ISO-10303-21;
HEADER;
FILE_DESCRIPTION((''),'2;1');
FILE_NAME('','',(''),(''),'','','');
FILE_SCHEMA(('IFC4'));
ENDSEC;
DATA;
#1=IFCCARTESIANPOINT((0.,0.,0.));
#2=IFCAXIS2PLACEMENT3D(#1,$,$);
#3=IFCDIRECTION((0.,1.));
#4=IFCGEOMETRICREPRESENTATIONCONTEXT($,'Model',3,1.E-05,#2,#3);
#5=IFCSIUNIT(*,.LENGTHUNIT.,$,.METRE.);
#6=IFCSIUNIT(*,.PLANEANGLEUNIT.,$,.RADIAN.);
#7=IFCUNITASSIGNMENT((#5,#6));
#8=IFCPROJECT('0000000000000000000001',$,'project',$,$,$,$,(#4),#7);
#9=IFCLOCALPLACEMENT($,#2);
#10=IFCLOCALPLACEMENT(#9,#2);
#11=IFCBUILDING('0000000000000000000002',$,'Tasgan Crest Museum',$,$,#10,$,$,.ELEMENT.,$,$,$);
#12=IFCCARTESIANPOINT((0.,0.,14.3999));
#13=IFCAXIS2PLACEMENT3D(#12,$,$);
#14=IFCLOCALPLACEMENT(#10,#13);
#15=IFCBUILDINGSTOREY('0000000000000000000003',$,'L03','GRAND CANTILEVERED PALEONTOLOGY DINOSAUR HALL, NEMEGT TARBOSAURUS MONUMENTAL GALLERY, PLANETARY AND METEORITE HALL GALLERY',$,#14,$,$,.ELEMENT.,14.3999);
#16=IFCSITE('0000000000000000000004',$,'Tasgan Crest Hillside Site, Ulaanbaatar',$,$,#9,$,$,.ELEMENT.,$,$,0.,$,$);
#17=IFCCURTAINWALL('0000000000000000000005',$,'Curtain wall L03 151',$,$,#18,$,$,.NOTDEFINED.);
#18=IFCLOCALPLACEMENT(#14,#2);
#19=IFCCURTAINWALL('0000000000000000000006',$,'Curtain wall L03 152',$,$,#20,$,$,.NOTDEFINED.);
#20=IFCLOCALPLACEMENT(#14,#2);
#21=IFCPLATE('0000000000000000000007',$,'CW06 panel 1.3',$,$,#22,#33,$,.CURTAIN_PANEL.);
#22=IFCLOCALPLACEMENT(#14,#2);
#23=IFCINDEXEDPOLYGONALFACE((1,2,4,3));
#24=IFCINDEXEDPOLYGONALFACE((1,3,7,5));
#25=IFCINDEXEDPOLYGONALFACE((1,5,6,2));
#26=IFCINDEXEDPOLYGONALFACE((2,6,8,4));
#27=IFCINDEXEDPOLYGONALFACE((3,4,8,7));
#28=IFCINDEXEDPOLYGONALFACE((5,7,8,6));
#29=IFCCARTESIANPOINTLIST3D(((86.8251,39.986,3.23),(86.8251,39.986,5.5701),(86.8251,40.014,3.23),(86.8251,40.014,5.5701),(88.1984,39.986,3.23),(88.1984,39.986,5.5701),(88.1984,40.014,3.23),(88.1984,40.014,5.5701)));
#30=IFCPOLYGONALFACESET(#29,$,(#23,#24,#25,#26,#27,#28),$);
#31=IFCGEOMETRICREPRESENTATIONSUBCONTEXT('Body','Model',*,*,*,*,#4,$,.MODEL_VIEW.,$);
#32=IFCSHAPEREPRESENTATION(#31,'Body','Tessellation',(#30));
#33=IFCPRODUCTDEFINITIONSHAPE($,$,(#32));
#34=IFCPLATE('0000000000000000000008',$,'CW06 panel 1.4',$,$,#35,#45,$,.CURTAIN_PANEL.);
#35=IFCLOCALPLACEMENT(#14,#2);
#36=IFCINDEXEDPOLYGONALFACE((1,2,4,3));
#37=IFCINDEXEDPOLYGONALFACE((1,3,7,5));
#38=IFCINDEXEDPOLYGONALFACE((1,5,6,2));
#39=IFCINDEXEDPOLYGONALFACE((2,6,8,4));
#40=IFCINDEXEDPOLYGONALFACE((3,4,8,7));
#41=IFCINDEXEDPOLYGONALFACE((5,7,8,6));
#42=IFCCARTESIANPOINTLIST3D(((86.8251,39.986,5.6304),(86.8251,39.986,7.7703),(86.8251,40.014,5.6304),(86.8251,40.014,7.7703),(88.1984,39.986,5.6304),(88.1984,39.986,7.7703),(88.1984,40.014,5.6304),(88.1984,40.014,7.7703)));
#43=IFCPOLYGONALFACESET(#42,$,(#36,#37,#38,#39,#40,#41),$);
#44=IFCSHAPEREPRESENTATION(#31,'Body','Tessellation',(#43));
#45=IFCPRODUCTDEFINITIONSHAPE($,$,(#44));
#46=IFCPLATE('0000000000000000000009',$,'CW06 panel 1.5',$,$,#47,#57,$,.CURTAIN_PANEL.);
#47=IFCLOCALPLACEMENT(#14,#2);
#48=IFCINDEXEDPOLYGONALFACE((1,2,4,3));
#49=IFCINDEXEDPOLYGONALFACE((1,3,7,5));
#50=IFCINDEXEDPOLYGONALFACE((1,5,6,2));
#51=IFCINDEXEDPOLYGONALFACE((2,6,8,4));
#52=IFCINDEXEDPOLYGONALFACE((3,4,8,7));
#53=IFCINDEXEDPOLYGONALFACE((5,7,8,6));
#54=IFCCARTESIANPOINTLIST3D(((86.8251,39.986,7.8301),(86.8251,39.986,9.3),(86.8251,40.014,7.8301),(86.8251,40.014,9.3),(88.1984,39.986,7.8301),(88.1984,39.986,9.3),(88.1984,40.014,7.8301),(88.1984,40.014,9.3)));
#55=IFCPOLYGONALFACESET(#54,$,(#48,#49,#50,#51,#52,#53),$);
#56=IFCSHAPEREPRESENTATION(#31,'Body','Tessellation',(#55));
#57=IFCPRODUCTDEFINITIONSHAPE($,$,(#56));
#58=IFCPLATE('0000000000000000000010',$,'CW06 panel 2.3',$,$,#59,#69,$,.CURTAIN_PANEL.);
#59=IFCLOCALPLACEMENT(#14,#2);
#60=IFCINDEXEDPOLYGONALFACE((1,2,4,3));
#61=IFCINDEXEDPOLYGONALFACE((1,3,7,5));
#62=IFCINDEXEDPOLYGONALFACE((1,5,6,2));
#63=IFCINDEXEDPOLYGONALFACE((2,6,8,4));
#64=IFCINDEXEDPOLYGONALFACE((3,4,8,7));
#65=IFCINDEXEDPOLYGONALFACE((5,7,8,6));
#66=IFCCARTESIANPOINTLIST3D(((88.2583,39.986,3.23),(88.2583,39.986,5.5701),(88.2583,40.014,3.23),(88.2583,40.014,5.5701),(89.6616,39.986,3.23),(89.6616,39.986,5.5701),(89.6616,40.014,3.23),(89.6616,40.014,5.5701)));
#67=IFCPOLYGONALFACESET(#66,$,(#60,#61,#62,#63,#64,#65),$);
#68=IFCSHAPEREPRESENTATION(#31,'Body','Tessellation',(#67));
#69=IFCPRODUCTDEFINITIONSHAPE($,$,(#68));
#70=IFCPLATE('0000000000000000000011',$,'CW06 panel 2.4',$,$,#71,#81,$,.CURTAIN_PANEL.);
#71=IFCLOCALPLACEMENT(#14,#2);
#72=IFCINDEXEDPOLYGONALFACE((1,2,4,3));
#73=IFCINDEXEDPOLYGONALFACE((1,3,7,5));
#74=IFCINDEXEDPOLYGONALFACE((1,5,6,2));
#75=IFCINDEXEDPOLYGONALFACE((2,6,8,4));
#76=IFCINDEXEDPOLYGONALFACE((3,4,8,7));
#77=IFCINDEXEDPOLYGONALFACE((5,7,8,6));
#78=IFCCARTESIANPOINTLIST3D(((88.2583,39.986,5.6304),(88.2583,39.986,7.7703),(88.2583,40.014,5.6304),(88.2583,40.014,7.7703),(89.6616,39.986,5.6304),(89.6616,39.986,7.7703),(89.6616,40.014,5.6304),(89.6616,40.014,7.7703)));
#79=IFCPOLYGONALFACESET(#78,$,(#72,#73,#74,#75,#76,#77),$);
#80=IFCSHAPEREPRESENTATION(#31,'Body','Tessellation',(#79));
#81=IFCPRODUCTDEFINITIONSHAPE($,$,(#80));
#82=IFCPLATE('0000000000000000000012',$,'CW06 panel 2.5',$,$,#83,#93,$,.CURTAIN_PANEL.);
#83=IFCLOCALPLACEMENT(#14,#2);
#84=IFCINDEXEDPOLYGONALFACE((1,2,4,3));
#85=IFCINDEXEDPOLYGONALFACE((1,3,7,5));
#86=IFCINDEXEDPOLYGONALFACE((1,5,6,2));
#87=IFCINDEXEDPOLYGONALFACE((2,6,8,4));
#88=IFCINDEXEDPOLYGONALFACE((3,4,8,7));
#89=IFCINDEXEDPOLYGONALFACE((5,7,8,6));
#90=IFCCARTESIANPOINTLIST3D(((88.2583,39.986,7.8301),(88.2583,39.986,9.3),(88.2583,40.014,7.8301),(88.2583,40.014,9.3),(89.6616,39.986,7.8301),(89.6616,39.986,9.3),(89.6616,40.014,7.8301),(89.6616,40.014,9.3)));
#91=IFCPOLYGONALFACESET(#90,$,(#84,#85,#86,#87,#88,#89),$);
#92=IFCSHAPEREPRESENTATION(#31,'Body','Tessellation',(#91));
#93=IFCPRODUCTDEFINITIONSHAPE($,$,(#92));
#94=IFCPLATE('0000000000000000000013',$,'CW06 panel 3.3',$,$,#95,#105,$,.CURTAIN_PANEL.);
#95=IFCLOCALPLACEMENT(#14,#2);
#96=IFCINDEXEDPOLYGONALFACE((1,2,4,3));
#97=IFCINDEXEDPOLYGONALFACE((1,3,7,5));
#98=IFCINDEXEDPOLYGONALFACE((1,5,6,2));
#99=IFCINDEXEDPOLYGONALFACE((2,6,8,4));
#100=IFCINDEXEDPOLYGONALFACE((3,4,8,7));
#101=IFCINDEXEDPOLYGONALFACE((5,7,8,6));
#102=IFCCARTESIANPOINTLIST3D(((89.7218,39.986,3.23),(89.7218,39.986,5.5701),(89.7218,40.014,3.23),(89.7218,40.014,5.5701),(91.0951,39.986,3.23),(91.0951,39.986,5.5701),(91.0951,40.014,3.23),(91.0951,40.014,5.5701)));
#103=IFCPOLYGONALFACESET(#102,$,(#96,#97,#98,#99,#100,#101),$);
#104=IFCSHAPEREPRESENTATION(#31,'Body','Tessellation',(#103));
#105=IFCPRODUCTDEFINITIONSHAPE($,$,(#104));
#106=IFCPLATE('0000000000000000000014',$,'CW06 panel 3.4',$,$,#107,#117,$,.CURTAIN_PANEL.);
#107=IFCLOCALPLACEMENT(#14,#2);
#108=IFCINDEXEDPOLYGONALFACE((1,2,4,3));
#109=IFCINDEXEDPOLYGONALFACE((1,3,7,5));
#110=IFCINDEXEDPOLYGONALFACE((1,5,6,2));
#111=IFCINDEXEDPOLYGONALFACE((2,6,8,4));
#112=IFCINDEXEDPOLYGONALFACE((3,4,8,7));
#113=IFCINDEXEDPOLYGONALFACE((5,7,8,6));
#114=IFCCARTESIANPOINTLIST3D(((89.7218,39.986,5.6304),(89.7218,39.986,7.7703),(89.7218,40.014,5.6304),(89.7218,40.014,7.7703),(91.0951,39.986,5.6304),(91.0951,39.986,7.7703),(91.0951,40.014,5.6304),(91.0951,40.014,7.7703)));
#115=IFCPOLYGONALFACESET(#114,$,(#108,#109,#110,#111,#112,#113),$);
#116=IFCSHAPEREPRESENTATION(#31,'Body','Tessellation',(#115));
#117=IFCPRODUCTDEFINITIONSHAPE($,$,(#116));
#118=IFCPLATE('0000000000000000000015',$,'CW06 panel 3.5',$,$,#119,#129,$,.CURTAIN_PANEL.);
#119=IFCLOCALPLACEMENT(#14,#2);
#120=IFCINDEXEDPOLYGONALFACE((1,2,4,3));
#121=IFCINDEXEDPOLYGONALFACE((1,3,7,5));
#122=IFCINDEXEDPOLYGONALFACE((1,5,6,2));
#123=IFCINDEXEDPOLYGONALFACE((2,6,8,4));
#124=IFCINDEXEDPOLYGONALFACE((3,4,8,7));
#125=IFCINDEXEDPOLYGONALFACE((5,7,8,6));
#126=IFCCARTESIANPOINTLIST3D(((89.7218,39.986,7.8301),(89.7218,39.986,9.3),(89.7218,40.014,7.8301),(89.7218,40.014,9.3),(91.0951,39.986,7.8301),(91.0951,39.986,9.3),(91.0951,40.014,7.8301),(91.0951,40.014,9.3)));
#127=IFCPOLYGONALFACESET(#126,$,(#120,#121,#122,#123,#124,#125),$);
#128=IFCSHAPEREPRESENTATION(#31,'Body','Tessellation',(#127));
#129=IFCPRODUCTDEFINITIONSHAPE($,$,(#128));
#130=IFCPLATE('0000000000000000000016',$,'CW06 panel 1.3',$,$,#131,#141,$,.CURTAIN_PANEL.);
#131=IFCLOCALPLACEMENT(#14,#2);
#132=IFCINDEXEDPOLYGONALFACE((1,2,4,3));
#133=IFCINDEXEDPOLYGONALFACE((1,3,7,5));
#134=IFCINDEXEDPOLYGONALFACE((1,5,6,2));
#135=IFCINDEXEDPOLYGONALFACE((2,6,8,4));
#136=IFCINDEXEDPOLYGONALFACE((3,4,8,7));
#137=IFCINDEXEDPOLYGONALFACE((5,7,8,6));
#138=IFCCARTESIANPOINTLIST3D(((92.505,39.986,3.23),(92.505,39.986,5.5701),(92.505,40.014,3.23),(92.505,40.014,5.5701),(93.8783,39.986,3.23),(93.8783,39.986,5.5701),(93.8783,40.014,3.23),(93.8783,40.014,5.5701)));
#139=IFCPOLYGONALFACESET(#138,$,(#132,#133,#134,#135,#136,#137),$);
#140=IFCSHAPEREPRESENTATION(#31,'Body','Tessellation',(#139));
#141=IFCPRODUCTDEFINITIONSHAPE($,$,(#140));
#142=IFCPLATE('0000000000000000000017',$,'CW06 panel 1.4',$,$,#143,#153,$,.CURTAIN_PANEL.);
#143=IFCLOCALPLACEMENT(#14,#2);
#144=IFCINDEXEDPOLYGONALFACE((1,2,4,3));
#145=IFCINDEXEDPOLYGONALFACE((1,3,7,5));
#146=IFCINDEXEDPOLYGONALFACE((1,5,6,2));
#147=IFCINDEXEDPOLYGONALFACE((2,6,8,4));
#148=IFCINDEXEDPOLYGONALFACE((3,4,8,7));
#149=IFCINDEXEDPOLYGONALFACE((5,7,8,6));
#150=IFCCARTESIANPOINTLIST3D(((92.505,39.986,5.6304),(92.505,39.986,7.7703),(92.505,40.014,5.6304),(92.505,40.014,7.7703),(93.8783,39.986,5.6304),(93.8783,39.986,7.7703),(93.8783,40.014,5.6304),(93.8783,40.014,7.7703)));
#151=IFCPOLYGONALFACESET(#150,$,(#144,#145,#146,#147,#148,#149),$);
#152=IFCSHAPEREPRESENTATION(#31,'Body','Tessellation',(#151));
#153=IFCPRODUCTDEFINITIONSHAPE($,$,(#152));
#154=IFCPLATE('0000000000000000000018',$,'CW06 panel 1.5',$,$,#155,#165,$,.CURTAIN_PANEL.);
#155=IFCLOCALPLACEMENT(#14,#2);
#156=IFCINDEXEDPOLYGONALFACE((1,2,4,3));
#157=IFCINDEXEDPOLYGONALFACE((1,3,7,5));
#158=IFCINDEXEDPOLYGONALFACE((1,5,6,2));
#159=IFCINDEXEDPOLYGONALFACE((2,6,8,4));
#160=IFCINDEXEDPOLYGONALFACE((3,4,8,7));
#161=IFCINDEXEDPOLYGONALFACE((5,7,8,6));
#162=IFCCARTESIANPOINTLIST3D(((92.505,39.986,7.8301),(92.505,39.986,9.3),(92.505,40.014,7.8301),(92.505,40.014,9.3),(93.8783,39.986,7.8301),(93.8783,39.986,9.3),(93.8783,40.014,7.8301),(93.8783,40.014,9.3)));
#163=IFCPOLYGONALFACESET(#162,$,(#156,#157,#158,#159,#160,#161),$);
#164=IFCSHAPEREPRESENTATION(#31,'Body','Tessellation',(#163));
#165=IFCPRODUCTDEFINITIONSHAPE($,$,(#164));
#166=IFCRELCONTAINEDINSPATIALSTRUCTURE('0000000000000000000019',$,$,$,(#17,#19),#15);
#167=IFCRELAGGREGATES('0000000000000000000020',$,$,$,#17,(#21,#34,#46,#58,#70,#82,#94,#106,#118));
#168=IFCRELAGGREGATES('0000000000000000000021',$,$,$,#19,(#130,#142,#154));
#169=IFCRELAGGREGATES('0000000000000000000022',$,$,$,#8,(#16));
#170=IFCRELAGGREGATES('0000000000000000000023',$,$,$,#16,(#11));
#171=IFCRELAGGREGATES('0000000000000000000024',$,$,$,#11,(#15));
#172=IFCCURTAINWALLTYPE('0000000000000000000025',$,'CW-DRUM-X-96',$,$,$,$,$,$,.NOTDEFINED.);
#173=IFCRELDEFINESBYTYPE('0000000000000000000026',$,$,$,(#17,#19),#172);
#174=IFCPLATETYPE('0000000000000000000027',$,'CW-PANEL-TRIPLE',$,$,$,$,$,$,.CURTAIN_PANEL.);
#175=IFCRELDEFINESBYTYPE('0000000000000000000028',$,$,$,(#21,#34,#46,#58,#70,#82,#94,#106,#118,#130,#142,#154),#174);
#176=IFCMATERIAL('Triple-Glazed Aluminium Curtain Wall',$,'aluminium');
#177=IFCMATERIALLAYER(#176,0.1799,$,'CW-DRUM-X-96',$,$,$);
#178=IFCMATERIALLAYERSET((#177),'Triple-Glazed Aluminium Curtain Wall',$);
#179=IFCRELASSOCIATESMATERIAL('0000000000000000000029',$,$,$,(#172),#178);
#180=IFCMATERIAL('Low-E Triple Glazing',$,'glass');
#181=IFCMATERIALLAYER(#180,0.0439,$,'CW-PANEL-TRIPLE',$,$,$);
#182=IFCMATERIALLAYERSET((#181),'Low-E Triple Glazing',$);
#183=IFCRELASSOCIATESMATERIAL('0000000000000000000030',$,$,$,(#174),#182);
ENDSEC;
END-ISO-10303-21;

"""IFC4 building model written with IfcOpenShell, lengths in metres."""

from ifc_helpers import new_model, si_unit, direction, frame, origin, origin_2d, place, context, subcontext, project, spatial, rectangle, extrude, material, layer, layer_set, type_object, element, aggregate, save


model = new_model("IFC4")

# Units and contexts
model_context = context("Model", 3, precision=1e-05, world=origin(), true_north=direction((0.0, 1.0)))
body_context = subcontext(model_context, "Body", "Model", "MODEL_VIEW")
ifc_project = project(units=[si_unit("LENGTHUNIT", "METRE"), si_unit("PLANEANGLEUNIT", "RADIAN")], contexts=[model_context])

# Site, building, storey
site_placement = place(None, origin())
site = spatial("IfcSite", under=ifc_project, at=site_placement, Name="Tasgan Crest Hillside Site, Ulaanbaatar", CompositionType="ELEMENT", RefElevation=0.0)
building_placement = place(site_placement, origin())
building = spatial("IfcBuilding", under=site, at=building_placement, Name="Tasgan Crest Museum", CompositionType="ELEMENT")
storey_placement = place(building_placement, frame((0.0, 0.0, 14.3999)))
storey = spatial("IfcBuildingStorey", under=building, at=storey_placement, Name="L03", Description="GRAND CANTILEVERED PALEONTOLOGY DINOSAUR HALL, NEMEGT TARBOSAURUS MONUMENTAL GALLERY, PLANETARY AND METEORITE HALL GALLERY", CompositionType="ELEMENT", Elevation=14.3999)

# Curtain walls
ifc_material_1 = material(Name="Triple-Glazed Aluminium Curtain Wall", Category="aluminium")
ifc_layer_1 = layer(ifc_material_1, 0.1799, Name="CW-DRUM-X-96")
ifc_layer_set_1 = layer_set([ifc_layer_1], Name="Triple-Glazed Aluminium Curtain Wall")
curtain_wall_type = type_object("IfcCurtainWallType", Name="CW-DRUM-X-96", PredefinedType="NOTDEFINED", material=ifc_layer_set_1)
curtain_wall_1_placement = place(storey_placement, origin())
curtain_wall_1 = element("IfcCurtainWall", 1, at=curtain_wall_1_placement, inside=storey, type_object=curtain_wall_type, Name="Curtain wall L03 151", PredefinedType="NOTDEFINED")
curtain_wall_2_placement = place(storey_placement, origin())
curtain_wall_2 = element("IfcCurtainWall", 2, at=curtain_wall_2_placement, inside=storey, type_object=curtain_wall_type, Name="Curtain wall L03 152", PredefinedType="NOTDEFINED")

# Plates
ifc_material_2 = material(Name="Low-E Triple Glazing", Category="glass")
ifc_layer_2 = layer(ifc_material_2, 0.0439, Name="CW-PANEL-TRIPLE")
ifc_layer_set_2 = layer_set([ifc_layer_2], Name="Low-E Triple Glazing")
plate_type = type_object("IfcPlateType", Name="CW-PANEL-TRIPLE", PredefinedType="CURTAIN_PANEL", material=ifc_layer_set_2)
plate_1_placement = place(storey_placement, frame((87.5117, 40.0, 3.23), z_axis=(0.0, 0.0, 1.0), x_axis=(1.0, 0.0, 0.0)))
plate_1 = element("IfcPlate", 3, at=plate_1_placement, type_object=plate_type, Name="CW06 panel 1.3", PredefinedType="CURTAIN_PANEL", context=body_context, shape_type="SweptSolid", body=[
    extrude(rectangle(XDim=1.3733, YDim=0.0281, at=origin_2d()), origin(), (0.0, 0.0, 1.0), 2.3401),
])
plate_2_placement = place(storey_placement, frame((87.5117, 40.0, 5.6304), z_axis=(0.0, 0.0, 1.0), x_axis=(1.0, 0.0, 0.0)))
plate_2 = element("IfcPlate", 4, at=plate_2_placement, type_object=plate_type, Name="CW06 panel 1.4", PredefinedType="CURTAIN_PANEL", context=body_context, shape_type="SweptSolid", body=[
    extrude(rectangle(XDim=1.3733, YDim=0.0281, at=origin_2d()), origin(), (0.0, 0.0, 1.0), 2.1399),
])
plate_3_placement = place(storey_placement, frame((87.5117, 40.0, 7.8301), z_axis=(0.0, 0.0, 1.0), x_axis=(1.0, 0.0, 0.0)))
plate_3 = element("IfcPlate", 5, at=plate_3_placement, type_object=plate_type, Name="CW06 panel 1.5", PredefinedType="CURTAIN_PANEL", context=body_context, shape_type="SweptSolid", body=[
    extrude(rectangle(XDim=1.3733, YDim=0.0281, at=origin_2d()), origin(), (0.0, 0.0, 1.0), 1.47),
])
plate_4_placement = place(storey_placement, frame((88.96, 40.0, 3.23), z_axis=(0.0, 0.0, 1.0), x_axis=(1.0, 0.0, 0.0)))
plate_4 = element("IfcPlate", 6, at=plate_4_placement, type_object=plate_type, Name="CW06 panel 2.3", PredefinedType="CURTAIN_PANEL", context=body_context, shape_type="SweptSolid", body=[
    extrude(rectangle(XDim=1.4033, YDim=0.0281, at=origin_2d()), origin(), (0.0, 0.0, 1.0), 2.3401),
])
plate_5_placement = place(storey_placement, frame((88.96, 40.0, 5.6304), z_axis=(0.0, 0.0, 1.0), x_axis=(1.0, 0.0, 0.0)))
plate_5 = element("IfcPlate", 7, at=plate_5_placement, type_object=plate_type, Name="CW06 panel 2.4", PredefinedType="CURTAIN_PANEL", context=body_context, shape_type="SweptSolid", body=[
    extrude(rectangle(XDim=1.4033, YDim=0.0281, at=origin_2d()), origin(), (0.0, 0.0, 1.0), 2.1399),
])
plate_6_placement = place(storey_placement, frame((88.96, 40.0, 7.8301), z_axis=(0.0, 0.0, 1.0), x_axis=(1.0, 0.0, 0.0)))
plate_6 = element("IfcPlate", 8, at=plate_6_placement, type_object=plate_type, Name="CW06 panel 2.5", PredefinedType="CURTAIN_PANEL", context=body_context, shape_type="SweptSolid", body=[
    extrude(rectangle(XDim=1.4033, YDim=0.0281, at=origin_2d()), origin(), (0.0, 0.0, 1.0), 1.47),
])
plate_7_placement = place(storey_placement, frame((90.4084, 40.0, 3.23), z_axis=(0.0, 0.0, 1.0), x_axis=(1.0, 0.0, 0.0)))
plate_7 = element("IfcPlate", 9, at=plate_7_placement, type_object=plate_type, Name="CW06 panel 3.3", PredefinedType="CURTAIN_PANEL", context=body_context, shape_type="SweptSolid", body=[
    extrude(rectangle(XDim=1.3733, YDim=0.0281, at=origin_2d()), origin(), (0.0, 0.0, 1.0), 2.3401),
])
plate_8_placement = place(storey_placement, frame((90.4084, 40.0, 5.6304), z_axis=(0.0, 0.0, 1.0), x_axis=(1.0, 0.0, 0.0)))
plate_8 = element("IfcPlate", 10, at=plate_8_placement, type_object=plate_type, Name="CW06 panel 3.4", PredefinedType="CURTAIN_PANEL", context=body_context, shape_type="SweptSolid", body=[
    extrude(rectangle(XDim=1.3733, YDim=0.0281, at=origin_2d()), origin(), (0.0, 0.0, 1.0), 2.1399),
])
plate_9_placement = place(storey_placement, frame((90.4084, 40.0, 7.8301), z_axis=(0.0, 0.0, 1.0), x_axis=(1.0, 0.0, 0.0)))
plate_9 = element("IfcPlate", 11, at=plate_9_placement, type_object=plate_type, Name="CW06 panel 3.5", PredefinedType="CURTAIN_PANEL", context=body_context, shape_type="SweptSolid", body=[
    extrude(rectangle(XDim=1.3733, YDim=0.0281, at=origin_2d()), origin(), (0.0, 0.0, 1.0), 1.47),
])
aggregate(curtain_wall_1, [plate_1, plate_2, plate_3, plate_4, plate_5, plate_6, plate_7, plate_8, plate_9])
plate_10_placement = place(storey_placement, frame((93.1917, 40.0, 3.23), z_axis=(0.0, 0.0, 1.0), x_axis=(1.0, 0.0, 0.0)))
plate_10 = element("IfcPlate", 12, at=plate_10_placement, type_object=plate_type, Name="CW06 panel 1.3", PredefinedType="CURTAIN_PANEL", context=body_context, shape_type="SweptSolid", body=[
    extrude(rectangle(XDim=1.3733, YDim=0.0281, at=origin_2d()), origin(), (0.0, 0.0, 1.0), 2.3401),
])
plate_11_placement = place(storey_placement, frame((93.1917, 40.0, 5.6304), z_axis=(0.0, 0.0, 1.0), x_axis=(1.0, 0.0, 0.0)))
plate_11 = element("IfcPlate", 13, at=plate_11_placement, type_object=plate_type, Name="CW06 panel 1.4", PredefinedType="CURTAIN_PANEL", context=body_context, shape_type="SweptSolid", body=[
    extrude(rectangle(XDim=1.3733, YDim=0.0281, at=origin_2d()), origin(), (0.0, 0.0, 1.0), 2.1399),
])
plate_12_placement = place(storey_placement, frame((93.1917, 40.0, 7.8301), z_axis=(0.0, 0.0, 1.0), x_axis=(1.0, 0.0, 0.0)))
plate_12 = element("IfcPlate", 14, at=plate_12_placement, type_object=plate_type, Name="CW06 panel 1.5", PredefinedType="CURTAIN_PANEL", context=body_context, shape_type="SweptSolid", body=[
    extrude(rectangle(XDim=1.3733, YDim=0.0281, at=origin_2d()), origin(), (0.0, 0.0, 1.0), 1.47),
])
aggregate(curtain_wall_2, [plate_10, plate_11, plate_12])

save(model, "model.ifc")
